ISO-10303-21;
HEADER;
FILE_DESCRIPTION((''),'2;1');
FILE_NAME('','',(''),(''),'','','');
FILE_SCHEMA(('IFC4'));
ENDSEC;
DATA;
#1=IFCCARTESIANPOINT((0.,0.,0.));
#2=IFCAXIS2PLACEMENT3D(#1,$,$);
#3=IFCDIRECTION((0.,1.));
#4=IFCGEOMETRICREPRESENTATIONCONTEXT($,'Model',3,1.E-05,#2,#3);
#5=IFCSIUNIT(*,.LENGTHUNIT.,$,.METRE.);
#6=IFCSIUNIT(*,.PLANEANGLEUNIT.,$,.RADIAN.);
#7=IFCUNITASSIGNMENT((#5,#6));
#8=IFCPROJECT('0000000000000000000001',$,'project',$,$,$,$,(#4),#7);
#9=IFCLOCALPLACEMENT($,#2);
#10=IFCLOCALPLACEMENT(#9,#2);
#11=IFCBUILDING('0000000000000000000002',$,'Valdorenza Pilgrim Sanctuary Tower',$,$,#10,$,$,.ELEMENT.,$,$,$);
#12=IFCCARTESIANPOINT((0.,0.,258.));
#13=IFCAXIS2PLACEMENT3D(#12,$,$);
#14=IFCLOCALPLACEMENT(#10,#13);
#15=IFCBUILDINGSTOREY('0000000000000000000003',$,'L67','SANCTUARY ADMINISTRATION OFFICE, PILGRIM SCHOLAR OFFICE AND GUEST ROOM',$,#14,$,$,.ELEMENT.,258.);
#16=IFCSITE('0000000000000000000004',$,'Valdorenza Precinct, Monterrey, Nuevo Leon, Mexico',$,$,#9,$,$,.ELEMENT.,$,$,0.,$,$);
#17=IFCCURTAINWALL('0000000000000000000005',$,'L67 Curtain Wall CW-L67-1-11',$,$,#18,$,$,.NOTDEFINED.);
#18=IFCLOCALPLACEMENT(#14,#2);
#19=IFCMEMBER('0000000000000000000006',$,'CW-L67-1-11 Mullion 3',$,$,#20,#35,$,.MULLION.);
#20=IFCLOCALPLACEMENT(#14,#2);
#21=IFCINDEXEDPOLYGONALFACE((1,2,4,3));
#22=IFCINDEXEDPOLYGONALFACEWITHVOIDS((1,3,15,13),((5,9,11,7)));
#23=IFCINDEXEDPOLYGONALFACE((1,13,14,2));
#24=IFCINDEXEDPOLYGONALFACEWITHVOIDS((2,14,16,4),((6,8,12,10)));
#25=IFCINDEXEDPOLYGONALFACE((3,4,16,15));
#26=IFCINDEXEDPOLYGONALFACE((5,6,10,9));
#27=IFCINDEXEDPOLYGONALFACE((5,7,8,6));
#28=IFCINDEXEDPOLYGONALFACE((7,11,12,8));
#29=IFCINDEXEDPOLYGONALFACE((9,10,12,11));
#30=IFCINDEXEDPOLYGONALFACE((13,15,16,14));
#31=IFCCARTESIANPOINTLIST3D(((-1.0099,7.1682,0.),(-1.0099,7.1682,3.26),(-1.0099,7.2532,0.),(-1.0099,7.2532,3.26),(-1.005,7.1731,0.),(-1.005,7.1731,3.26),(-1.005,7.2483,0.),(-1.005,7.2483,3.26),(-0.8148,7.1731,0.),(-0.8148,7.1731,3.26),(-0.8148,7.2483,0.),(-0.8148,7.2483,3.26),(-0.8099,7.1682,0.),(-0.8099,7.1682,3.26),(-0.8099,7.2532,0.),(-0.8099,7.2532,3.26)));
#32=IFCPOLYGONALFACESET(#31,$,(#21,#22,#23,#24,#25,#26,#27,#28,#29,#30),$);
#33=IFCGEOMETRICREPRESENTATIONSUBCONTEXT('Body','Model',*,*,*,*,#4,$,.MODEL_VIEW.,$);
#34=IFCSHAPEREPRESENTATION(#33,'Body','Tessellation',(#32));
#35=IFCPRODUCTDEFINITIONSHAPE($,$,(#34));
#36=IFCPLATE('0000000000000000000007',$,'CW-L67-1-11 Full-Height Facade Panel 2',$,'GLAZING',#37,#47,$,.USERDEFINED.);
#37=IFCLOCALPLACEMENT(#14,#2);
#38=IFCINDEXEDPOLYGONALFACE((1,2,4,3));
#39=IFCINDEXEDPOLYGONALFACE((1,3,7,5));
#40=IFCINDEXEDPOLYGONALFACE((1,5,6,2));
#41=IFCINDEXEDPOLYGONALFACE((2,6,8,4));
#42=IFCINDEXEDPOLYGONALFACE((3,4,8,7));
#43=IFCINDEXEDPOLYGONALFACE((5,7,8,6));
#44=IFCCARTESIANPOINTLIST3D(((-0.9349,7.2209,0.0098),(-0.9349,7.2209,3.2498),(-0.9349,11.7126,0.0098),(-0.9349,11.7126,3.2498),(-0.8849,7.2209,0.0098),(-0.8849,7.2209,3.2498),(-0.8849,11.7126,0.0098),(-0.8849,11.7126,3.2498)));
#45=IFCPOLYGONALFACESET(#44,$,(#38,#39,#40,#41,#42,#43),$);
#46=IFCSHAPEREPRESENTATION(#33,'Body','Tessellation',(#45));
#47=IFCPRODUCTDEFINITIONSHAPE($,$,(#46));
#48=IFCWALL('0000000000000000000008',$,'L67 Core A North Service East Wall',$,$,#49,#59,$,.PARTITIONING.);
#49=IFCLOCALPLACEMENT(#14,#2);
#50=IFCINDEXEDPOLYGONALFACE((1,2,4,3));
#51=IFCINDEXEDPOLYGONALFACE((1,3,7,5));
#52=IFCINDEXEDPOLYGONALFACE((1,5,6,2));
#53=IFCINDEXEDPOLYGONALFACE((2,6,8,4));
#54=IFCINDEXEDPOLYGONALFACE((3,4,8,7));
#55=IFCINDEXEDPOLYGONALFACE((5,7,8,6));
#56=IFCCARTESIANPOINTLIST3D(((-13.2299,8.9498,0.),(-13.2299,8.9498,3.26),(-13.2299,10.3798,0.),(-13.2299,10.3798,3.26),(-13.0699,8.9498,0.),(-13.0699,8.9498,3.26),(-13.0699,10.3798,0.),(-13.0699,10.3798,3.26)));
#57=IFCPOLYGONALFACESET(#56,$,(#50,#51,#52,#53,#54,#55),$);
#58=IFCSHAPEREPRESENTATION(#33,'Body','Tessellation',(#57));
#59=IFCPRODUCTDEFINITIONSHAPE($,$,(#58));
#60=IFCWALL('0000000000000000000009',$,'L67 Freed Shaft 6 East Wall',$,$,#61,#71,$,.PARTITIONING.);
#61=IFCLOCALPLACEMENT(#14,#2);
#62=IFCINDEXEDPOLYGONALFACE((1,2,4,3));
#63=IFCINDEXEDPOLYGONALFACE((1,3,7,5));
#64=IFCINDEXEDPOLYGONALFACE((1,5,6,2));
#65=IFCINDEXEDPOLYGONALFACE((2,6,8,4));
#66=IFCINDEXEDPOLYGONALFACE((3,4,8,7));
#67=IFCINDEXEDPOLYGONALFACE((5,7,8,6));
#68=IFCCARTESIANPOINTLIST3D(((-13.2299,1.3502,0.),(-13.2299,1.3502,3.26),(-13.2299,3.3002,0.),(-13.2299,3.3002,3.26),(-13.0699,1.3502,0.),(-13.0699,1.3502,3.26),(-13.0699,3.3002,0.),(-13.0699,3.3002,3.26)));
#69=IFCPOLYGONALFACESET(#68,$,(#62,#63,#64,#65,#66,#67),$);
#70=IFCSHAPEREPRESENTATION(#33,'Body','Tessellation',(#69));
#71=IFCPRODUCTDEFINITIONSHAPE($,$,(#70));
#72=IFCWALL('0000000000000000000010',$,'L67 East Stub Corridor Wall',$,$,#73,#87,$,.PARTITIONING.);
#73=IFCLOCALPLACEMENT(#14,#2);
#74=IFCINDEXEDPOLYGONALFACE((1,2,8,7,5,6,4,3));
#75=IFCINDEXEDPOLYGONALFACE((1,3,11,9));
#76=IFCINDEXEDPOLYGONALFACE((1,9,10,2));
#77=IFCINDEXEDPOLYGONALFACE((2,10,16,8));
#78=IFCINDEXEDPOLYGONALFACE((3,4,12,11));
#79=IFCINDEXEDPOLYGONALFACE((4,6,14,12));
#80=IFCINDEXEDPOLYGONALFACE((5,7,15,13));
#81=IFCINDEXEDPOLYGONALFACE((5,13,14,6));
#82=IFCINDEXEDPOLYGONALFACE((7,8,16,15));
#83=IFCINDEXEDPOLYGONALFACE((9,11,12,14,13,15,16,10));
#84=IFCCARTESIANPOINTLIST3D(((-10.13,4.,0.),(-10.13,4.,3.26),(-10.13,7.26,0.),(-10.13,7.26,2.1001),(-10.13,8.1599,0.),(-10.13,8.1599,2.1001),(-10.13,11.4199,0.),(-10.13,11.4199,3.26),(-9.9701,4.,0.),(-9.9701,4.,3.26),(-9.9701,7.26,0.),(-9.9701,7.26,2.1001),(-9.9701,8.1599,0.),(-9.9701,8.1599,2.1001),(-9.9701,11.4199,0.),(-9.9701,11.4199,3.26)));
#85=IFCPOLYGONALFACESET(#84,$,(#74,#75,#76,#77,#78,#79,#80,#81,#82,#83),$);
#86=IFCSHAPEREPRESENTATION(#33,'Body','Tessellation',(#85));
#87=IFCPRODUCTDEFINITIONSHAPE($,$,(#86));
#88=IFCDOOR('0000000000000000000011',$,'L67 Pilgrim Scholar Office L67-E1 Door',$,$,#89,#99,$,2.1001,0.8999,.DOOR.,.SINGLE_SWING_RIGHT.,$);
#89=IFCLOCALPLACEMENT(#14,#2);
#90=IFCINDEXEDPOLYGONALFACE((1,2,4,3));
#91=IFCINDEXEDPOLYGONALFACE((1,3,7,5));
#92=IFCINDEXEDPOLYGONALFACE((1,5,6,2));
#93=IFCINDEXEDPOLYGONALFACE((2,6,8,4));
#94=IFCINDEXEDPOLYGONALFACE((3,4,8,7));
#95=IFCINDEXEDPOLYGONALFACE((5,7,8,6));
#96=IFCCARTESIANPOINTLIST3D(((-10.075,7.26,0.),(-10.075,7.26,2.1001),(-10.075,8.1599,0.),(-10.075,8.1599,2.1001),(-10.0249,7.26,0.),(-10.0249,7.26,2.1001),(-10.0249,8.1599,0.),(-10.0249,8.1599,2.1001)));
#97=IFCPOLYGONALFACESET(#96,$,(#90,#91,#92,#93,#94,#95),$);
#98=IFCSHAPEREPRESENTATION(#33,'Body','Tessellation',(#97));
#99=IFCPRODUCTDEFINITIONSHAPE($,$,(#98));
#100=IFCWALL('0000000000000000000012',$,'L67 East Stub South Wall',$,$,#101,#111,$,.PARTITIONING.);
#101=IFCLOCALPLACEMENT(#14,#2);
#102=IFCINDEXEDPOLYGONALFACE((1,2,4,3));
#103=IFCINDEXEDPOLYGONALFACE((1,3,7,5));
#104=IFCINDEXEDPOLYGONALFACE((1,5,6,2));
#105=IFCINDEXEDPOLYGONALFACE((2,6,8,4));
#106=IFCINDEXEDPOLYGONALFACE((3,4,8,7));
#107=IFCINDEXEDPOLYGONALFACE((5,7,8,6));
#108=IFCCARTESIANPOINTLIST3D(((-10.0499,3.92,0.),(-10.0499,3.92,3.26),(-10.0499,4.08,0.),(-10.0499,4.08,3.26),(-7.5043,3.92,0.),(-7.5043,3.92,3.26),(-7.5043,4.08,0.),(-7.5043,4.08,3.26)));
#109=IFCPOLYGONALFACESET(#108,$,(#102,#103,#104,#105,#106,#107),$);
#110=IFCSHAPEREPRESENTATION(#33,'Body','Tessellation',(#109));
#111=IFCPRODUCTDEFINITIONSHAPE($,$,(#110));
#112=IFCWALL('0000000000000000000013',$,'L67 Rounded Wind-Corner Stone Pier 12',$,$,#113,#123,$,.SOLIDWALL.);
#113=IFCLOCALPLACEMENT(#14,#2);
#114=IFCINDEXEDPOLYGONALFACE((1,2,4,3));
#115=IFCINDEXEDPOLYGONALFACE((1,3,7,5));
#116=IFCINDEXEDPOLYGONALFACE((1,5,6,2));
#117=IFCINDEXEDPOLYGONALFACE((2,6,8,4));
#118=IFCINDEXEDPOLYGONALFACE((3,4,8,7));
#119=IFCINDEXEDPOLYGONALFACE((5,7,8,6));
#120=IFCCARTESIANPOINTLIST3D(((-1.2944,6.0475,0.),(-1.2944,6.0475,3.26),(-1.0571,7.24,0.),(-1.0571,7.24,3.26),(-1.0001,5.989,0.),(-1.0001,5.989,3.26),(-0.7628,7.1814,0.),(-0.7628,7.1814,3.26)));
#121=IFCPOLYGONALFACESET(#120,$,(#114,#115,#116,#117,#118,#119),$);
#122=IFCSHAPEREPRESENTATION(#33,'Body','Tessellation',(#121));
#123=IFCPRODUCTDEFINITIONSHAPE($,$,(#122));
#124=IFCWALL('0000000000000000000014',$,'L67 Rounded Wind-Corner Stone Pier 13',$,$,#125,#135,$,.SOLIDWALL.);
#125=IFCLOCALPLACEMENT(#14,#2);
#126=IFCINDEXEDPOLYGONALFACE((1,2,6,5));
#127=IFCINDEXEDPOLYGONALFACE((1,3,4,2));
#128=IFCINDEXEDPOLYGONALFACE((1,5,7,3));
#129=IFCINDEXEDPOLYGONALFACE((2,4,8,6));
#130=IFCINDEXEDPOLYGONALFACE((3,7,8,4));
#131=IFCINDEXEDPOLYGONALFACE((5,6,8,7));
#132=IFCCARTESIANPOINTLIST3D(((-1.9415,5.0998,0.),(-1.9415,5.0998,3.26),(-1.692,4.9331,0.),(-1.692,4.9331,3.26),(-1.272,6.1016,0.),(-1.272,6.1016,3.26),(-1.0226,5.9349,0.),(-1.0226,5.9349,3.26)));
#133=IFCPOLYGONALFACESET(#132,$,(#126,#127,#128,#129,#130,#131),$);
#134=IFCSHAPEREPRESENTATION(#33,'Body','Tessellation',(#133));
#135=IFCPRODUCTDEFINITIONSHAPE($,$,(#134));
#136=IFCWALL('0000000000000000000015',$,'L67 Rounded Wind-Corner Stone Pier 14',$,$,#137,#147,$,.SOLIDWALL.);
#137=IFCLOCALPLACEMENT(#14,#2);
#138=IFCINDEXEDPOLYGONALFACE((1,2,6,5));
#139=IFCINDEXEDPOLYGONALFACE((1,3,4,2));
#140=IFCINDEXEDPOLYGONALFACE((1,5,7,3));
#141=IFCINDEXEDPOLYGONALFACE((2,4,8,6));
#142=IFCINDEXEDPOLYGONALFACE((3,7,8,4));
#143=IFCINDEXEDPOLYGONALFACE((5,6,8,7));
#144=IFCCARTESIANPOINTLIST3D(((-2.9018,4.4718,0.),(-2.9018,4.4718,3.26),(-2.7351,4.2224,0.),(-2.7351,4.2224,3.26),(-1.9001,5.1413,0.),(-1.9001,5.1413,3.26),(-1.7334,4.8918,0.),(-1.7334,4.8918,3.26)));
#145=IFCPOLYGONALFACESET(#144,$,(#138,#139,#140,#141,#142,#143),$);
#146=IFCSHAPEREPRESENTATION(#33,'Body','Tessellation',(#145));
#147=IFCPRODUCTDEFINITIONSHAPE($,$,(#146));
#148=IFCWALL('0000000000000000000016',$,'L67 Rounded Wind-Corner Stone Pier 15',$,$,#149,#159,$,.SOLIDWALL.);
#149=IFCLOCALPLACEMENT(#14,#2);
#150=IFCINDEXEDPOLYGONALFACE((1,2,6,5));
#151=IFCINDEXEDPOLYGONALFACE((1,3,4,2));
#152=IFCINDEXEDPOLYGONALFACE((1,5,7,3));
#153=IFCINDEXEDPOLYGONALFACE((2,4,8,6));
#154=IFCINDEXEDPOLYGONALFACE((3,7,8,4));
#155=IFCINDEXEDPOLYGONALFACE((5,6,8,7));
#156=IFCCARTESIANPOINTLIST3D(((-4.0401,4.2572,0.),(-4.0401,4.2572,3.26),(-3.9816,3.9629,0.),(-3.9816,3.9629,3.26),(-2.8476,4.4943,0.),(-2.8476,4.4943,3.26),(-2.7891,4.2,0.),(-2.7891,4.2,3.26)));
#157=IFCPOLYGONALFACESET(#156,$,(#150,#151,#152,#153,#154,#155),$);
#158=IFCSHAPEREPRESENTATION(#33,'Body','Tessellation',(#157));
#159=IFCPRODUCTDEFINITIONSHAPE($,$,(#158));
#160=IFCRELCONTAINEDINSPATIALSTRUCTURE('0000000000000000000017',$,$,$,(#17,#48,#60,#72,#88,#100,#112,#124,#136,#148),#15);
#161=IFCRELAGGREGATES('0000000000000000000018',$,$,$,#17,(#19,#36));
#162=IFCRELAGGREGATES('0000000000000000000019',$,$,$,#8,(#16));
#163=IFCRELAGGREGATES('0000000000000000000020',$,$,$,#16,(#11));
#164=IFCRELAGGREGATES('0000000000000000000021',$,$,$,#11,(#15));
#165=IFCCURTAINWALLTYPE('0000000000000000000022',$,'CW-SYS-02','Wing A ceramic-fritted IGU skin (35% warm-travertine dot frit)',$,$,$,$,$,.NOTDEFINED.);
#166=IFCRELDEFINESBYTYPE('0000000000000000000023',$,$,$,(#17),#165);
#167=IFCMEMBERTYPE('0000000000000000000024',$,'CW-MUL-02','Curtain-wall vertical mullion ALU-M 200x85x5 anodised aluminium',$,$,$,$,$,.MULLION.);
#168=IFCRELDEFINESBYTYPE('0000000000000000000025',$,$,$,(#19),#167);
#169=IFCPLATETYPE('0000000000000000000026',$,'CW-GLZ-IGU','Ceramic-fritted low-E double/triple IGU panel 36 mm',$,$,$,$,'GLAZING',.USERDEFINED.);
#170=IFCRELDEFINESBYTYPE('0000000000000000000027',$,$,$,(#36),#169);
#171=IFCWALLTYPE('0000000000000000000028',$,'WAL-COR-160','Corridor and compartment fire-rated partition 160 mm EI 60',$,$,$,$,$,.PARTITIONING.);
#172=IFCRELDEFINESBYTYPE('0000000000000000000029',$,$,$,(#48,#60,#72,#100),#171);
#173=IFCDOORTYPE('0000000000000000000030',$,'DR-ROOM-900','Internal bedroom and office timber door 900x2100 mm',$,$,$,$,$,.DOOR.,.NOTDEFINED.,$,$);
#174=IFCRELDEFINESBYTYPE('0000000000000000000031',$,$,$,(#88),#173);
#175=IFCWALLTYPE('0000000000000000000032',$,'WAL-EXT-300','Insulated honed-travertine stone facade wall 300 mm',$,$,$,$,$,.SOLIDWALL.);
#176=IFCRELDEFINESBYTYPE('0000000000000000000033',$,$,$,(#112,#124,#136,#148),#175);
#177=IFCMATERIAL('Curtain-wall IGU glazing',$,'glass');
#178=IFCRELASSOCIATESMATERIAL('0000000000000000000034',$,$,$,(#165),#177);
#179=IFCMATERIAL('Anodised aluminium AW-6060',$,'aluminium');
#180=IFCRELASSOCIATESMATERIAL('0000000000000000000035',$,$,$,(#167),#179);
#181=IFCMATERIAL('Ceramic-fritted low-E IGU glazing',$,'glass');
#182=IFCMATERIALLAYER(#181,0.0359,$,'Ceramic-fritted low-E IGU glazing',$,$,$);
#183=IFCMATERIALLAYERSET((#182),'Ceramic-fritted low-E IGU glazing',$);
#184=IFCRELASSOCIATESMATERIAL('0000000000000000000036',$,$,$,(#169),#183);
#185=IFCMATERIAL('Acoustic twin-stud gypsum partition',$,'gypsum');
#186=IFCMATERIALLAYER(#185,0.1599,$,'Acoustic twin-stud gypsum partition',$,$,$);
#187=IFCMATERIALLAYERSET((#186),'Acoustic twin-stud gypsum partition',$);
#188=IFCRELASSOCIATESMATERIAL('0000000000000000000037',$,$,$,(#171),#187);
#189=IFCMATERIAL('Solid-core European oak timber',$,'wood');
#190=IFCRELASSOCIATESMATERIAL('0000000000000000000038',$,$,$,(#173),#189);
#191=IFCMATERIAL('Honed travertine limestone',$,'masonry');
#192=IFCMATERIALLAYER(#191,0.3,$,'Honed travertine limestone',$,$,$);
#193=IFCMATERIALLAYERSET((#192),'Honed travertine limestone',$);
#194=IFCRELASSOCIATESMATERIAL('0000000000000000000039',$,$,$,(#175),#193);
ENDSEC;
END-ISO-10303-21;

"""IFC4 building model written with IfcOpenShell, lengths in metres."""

from ifc_helpers import new_model, si_unit, direction, frame, frame_2d, origin, origin_2d, place, context, subcontext, project, spatial, rectangle, hollow_rectangle, extrude, source, transform, mapped, material, layer, layer_set, material_profile, profile_set, type_object, element, fill, aggregate, save


model = new_model("IFC4")

# Units and contexts
model_context = context("Model", 3, precision=1e-05, world=origin(), true_north=direction((0.0, 1.0)))
body_context = subcontext(model_context, "Body", "Model", "MODEL_VIEW")
ifc_project = project(units=[si_unit("LENGTHUNIT", "METRE"), si_unit("PLANEANGLEUNIT", "RADIAN")], contexts=[model_context])

# Site, building, storey
site_placement = place(None, origin())
site = spatial("IfcSite", under=ifc_project, at=site_placement, Name="Valdorenza Precinct, Monterrey, Nuevo Leon, Mexico", CompositionType="ELEMENT", RefElevation=0.0)
building_placement = place(site_placement, origin())
building = spatial("IfcBuilding", under=site, at=building_placement, Name="Valdorenza Pilgrim Sanctuary Tower", CompositionType="ELEMENT")
storey_placement = place(building_placement, frame((0.0, 0.0, 258.0)))
storey = spatial("IfcBuildingStorey", under=building, at=storey_placement, Name="L67", Description="SANCTUARY ADMINISTRATION OFFICE, PILGRIM SCHOLAR OFFICE AND GUEST ROOM", CompositionType="ELEMENT", Elevation=258.0)

# Curtain wall, member, plate
ifc_material_1 = material(Name="Curtain-wall IGU glazing", Category="glass")
curtain_wall_type = type_object("IfcCurtainWallType", Name="CW-SYS-02", Description="Wing A ceramic-fritted IGU skin (35% warm-travertine dot frit)", PredefinedType="NOTDEFINED", material=ifc_material_1)
curtain_wall_placement = place(storey_placement, origin())
curtain_wall = element("IfcCurtainWall", 1, at=curtain_wall_placement, inside=storey, type_object=curtain_wall_type, Name="L67 Curtain Wall CW-L67-1-11", PredefinedType="NOTDEFINED")
ifc_material_2 = material(Name="Anodised aluminium AW-6060", Category="aluminium")
ifc_material_profile = material_profile(ifc_material_2, hollow_rectangle(XDim=0.085, YDim=0.2, WallThickness=0.0049, at=origin_2d()), Name="ALU-M 200x85x5")
ifc_profile_set = profile_set([ifc_material_profile], Name="Anodised aluminium AW-6060")
member_type = type_object("IfcMemberType", Name="CW-MUL-02", Description="Curtain-wall vertical mullion ALU-M 200x85x5 anodised aluminium", PredefinedType="MULLION", material=ifc_profile_set)
shared_shape_1 = source(origin(), body_context, "Body", "SweptSolid", [
    extrude(hollow_rectangle(XDim=0.085, YDim=0.2, WallThickness=0.0049, at=origin_2d()), origin(), (0.0, 0.0, 1.0), 3.26),
])
member_placement = place(storey_placement, frame((-0.9099, 7.2107, 0.0), z_axis=(0.0, 0.0, 1.0), x_axis=(0.0, -1.0, 0.0)))
member = element("IfcMember", 2, at=member_placement, type_object=member_type, Name="CW-L67-1-11 Mullion 3", PredefinedType="MULLION", context=body_context, shape_type="MappedRepresentation", body=[
    mapped(shared_shape_1, transform((0.0, 0.0, 0.0), x_axis=(1.0, 0.0, 0.0), y_axis=(0.0, 1.0, 0.0), z_axis=(0.0, 0.0, 1.0), scale=1.0)),
])
ifc_material_3 = material(Name="Ceramic-fritted low-E IGU glazing", Category="glass")
ifc_layer_1 = layer(ifc_material_3, 0.0359, Name="Ceramic-fritted low-E IGU glazing")
ifc_layer_set_1 = layer_set([ifc_layer_1], Name="Ceramic-fritted low-E IGU glazing")
plate_type = type_object("IfcPlateType", Name="CW-GLZ-IGU", Description="Ceramic-fritted low-E double/triple IGU panel 36 mm", ElementType="GLAZING", PredefinedType="USERDEFINED", material=ifc_layer_set_1)
shared_shape_2 = source(origin(), body_context, "Body", "SweptSolid", [
    extrude(rectangle(XDim=4.4917, YDim=0.05, at=origin_2d()), origin(), (0.0, 0.0, 1.0), 3.24),
])
plate_placement = place(storey_placement, frame((-0.9099, 9.4668, 0.0098), z_axis=(0.0, 0.0, 1.0), x_axis=(0.0, -1.0, 0.0)))
plate = element("IfcPlate", 3, at=plate_placement, type_object=plate_type, Name="CW-L67-1-11 Full-Height Facade Panel 2", ObjectType="GLAZING", PredefinedType="USERDEFINED", context=body_context, shape_type="MappedRepresentation", body=[
    mapped(shared_shape_2, transform((0.0, 0.0, 0.0), x_axis=(1.0, 0.0, 0.0), y_axis=(0.0, 1.0, 0.0), z_axis=(0.0, 0.0, 1.0), scale=1.0)),
])
aggregate(curtain_wall, [member, plate])

# Walls
ifc_material_4 = material(Name="Acoustic twin-stud gypsum partition", Category="gypsum")
ifc_layer_2 = layer(ifc_material_4, 0.1599, Name="Acoustic twin-stud gypsum partition")
ifc_layer_set_2 = layer_set([ifc_layer_2], Name="Acoustic twin-stud gypsum partition")
wall_type_1 = type_object("IfcWallType", Name="WAL-COR-160", Description="Corridor and compartment fire-rated partition 160 mm EI 60", PredefinedType="PARTITIONING", material=ifc_layer_set_2)
wall_1_placement = place(storey_placement, frame((-13.1499, 8.95, 0.0), z_axis=(0.0, 0.0, 1.0), x_axis=(0.0, 1.0, 0.0)))
element("IfcWall", 4, at=wall_1_placement, inside=storey, type_object=wall_type_1, Name="L67 Core A North Service East Wall", PredefinedType="PARTITIONING", context=body_context, shape_type="SweptSolid", body=[
    extrude(rectangle(XDim=1.4299, YDim=0.1599, at=frame_2d((0.7148, 0.0))), origin(), (0.0, 0.0, 1.0), 3.26),
])
wall_2_placement = place(storey_placement, frame((-13.1499, 1.3501, 0.0), z_axis=(0.0, 0.0, 1.0), x_axis=(0.0, 1.0, 0.0)))
element("IfcWall", 5, at=wall_2_placement, inside=storey, type_object=wall_type_1, Name="L67 Freed Shaft 6 East Wall", PredefinedType="PARTITIONING", context=body_context, shape_type="SweptSolid", body=[
    extrude(rectangle(XDim=1.95, YDim=0.1599, at=frame_2d((0.9751, 0.0))), origin(), (0.0, 0.0, 1.0), 3.26),
])

# Wall, opening, door
wall_3_placement = place(storey_placement, frame((-10.05, 4.0, 0.0), z_axis=(0.0, 0.0, 1.0), x_axis=(0.0, 1.0, 0.0)))
wall_3 = element("IfcWall", 6, at=wall_3_placement, inside=storey, type_object=wall_type_1, Name="L67 East Stub Corridor Wall", PredefinedType="PARTITIONING", context=body_context, shape_type="SweptSolid", body=[
    extrude(rectangle(XDim=7.4199, YDim=0.1599, at=frame_2d((3.71, 0.0))), origin(), (0.0, 0.0, 1.0), 3.26),
])
opening_1_placement = place(wall_3_placement, frame((3.26, 0.0, 0.0)))
opening_1 = element("IfcOpeningElement", 7, at=opening_1_placement, cuts=wall_3, PredefinedType="OPENING", context=body_context, shape_type="SweptSolid", body=[
    extrude(rectangle(XDim=0.8999, YDim=2.1001, at=frame_2d((0.45, 1.05))), frame((0.0, 0.0947, 0.0), z_axis=(0.0, -1.0, 0.0), x_axis=(1.0, 0.0, 0.0)), (0.0, 0.0, 1.0), 0.1897),
])
ifc_material_5 = material(Name="Solid-core European oak timber", Category="wood")
door_type_1 = type_object("IfcDoorType", Name="DR-ROOM-900", Description="Internal bedroom and office timber door 900x2100 mm", OperationType="NOTDEFINED", PredefinedType="DOOR", material=ifc_material_5)
door_1_placement = place(opening_1_placement, origin())
door_1 = element("IfcDoor", 8, at=door_1_placement, inside=storey, type_object=door_type_1, Name="L67 Pilgrim Scholar Office L67-E1 Door", OperationType="SINGLE_SWING_RIGHT", OverallHeight=2.1001, OverallWidth=0.8999, PredefinedType="DOOR", context=body_context, shape_type="SweptSolid", body=[
    extrude(rectangle(XDim=0.8999, YDim=2.1001, at=frame_2d((0.45, 1.05))), frame((0.0, 0.0249, 0.0), z_axis=(0.0, -1.0, 0.0), x_axis=(1.0, 0.0, 0.0)), (0.0, 0.0, 1.0), 0.05),
])
fill(opening_1, door_1)

# Walls
wall_4_placement = place(storey_placement, frame((-10.05, 4.0, 0.0), z_axis=(0.0, 0.0, 1.0), x_axis=(1.0, 0.0, 0.0)))
element("IfcWall", 9, at=wall_4_placement, inside=storey, type_object=wall_type_1, Name="L67 East Stub South Wall", PredefinedType="PARTITIONING", context=body_context, shape_type="SweptSolid", body=[
    extrude(rectangle(XDim=2.5457, YDim=0.1599, at=frame_2d((1.2729, 0.0))), origin(), (0.0, 0.0, 1.0), 3.26),
])
ifc_material_6 = material(Name="Honed travertine limestone", Category="masonry")
ifc_layer_3 = layer(ifc_material_6, 0.3, Name="Honed travertine limestone")
ifc_layer_set_3 = layer_set([ifc_layer_3], Name="Honed travertine limestone")
wall_type_2 = type_object("IfcWallType", Name="WAL-EXT-300", Description="Insulated honed-travertine stone facade wall 300 mm", PredefinedType="SOLIDWALL", material=ifc_layer_set_3)
wall_5_placement = place(storey_placement, frame((-0.9099, 7.2107, 0.0), z_axis=(0.0, 0.0, 1.0), x_axis=(-0.195189, -0.980766, 0.0)))
element("IfcWall", 10, at=wall_5_placement, inside=storey, type_object=wall_type_2, Name="L67 Rounded Wind-Corner Stone Pier 12", PredefinedType="SOLIDWALL", context=body_context, shape_type="SweptSolid", body=[
    extrude(rectangle(XDim=1.2158, YDim=0.3, at=frame_2d((0.6079, 0.0))), origin(), (0.0, 0.0, 1.0), 3.26),
])
for number, where, z_axis, x_axis, name in (
    (11, (-1.1472, 6.0183, 0.0), (0.0, 0.0, 1.0), (-0.555635, -0.831426, 0.0), "L67 Rounded Wind-Corner Stone Pier 13"),
    (12, (-1.8167, 5.0166, 0.0), (0.0, 0.0, 1.0), (-0.831426, -0.555635, 0.0), "L67 Rounded Wind-Corner Stone Pier 14"),
):
    element("IfcWall", number, at=place(storey_placement, frame(where, z_axis=z_axis, x_axis=x_axis)), inside=storey, type_object=wall_type_2, Name=name, PredefinedType="SOLIDWALL", context=body_context, shape_type="SweptSolid", body=[
        extrude(rectangle(XDim=1.2048, YDim=0.3, at=frame_2d((0.6025, 0.0))), origin(), (0.0, 0.0, 1.0), 3.26),
    ])
wall_6_placement = place(storey_placement, frame((-2.8184, 4.3472, 0.0), z_axis=(0.0, 0.0, 1.0), x_axis=(-0.980804, -0.194996, 0.0)))
element("IfcWall", 13, at=wall_6_placement, inside=storey, type_object=wall_type_2, Name="L67 Rounded Wind-Corner Stone Pier 15", PredefinedType="SOLIDWALL", context=body_context, shape_type="SweptSolid", body=[
    extrude(rectangle(XDim=1.2158, YDim=0.3, at=frame_2d((0.6079, 0.0))), origin(), (0.0, 0.0, 1.0), 3.26),
])

save(model, "model.ifc")
